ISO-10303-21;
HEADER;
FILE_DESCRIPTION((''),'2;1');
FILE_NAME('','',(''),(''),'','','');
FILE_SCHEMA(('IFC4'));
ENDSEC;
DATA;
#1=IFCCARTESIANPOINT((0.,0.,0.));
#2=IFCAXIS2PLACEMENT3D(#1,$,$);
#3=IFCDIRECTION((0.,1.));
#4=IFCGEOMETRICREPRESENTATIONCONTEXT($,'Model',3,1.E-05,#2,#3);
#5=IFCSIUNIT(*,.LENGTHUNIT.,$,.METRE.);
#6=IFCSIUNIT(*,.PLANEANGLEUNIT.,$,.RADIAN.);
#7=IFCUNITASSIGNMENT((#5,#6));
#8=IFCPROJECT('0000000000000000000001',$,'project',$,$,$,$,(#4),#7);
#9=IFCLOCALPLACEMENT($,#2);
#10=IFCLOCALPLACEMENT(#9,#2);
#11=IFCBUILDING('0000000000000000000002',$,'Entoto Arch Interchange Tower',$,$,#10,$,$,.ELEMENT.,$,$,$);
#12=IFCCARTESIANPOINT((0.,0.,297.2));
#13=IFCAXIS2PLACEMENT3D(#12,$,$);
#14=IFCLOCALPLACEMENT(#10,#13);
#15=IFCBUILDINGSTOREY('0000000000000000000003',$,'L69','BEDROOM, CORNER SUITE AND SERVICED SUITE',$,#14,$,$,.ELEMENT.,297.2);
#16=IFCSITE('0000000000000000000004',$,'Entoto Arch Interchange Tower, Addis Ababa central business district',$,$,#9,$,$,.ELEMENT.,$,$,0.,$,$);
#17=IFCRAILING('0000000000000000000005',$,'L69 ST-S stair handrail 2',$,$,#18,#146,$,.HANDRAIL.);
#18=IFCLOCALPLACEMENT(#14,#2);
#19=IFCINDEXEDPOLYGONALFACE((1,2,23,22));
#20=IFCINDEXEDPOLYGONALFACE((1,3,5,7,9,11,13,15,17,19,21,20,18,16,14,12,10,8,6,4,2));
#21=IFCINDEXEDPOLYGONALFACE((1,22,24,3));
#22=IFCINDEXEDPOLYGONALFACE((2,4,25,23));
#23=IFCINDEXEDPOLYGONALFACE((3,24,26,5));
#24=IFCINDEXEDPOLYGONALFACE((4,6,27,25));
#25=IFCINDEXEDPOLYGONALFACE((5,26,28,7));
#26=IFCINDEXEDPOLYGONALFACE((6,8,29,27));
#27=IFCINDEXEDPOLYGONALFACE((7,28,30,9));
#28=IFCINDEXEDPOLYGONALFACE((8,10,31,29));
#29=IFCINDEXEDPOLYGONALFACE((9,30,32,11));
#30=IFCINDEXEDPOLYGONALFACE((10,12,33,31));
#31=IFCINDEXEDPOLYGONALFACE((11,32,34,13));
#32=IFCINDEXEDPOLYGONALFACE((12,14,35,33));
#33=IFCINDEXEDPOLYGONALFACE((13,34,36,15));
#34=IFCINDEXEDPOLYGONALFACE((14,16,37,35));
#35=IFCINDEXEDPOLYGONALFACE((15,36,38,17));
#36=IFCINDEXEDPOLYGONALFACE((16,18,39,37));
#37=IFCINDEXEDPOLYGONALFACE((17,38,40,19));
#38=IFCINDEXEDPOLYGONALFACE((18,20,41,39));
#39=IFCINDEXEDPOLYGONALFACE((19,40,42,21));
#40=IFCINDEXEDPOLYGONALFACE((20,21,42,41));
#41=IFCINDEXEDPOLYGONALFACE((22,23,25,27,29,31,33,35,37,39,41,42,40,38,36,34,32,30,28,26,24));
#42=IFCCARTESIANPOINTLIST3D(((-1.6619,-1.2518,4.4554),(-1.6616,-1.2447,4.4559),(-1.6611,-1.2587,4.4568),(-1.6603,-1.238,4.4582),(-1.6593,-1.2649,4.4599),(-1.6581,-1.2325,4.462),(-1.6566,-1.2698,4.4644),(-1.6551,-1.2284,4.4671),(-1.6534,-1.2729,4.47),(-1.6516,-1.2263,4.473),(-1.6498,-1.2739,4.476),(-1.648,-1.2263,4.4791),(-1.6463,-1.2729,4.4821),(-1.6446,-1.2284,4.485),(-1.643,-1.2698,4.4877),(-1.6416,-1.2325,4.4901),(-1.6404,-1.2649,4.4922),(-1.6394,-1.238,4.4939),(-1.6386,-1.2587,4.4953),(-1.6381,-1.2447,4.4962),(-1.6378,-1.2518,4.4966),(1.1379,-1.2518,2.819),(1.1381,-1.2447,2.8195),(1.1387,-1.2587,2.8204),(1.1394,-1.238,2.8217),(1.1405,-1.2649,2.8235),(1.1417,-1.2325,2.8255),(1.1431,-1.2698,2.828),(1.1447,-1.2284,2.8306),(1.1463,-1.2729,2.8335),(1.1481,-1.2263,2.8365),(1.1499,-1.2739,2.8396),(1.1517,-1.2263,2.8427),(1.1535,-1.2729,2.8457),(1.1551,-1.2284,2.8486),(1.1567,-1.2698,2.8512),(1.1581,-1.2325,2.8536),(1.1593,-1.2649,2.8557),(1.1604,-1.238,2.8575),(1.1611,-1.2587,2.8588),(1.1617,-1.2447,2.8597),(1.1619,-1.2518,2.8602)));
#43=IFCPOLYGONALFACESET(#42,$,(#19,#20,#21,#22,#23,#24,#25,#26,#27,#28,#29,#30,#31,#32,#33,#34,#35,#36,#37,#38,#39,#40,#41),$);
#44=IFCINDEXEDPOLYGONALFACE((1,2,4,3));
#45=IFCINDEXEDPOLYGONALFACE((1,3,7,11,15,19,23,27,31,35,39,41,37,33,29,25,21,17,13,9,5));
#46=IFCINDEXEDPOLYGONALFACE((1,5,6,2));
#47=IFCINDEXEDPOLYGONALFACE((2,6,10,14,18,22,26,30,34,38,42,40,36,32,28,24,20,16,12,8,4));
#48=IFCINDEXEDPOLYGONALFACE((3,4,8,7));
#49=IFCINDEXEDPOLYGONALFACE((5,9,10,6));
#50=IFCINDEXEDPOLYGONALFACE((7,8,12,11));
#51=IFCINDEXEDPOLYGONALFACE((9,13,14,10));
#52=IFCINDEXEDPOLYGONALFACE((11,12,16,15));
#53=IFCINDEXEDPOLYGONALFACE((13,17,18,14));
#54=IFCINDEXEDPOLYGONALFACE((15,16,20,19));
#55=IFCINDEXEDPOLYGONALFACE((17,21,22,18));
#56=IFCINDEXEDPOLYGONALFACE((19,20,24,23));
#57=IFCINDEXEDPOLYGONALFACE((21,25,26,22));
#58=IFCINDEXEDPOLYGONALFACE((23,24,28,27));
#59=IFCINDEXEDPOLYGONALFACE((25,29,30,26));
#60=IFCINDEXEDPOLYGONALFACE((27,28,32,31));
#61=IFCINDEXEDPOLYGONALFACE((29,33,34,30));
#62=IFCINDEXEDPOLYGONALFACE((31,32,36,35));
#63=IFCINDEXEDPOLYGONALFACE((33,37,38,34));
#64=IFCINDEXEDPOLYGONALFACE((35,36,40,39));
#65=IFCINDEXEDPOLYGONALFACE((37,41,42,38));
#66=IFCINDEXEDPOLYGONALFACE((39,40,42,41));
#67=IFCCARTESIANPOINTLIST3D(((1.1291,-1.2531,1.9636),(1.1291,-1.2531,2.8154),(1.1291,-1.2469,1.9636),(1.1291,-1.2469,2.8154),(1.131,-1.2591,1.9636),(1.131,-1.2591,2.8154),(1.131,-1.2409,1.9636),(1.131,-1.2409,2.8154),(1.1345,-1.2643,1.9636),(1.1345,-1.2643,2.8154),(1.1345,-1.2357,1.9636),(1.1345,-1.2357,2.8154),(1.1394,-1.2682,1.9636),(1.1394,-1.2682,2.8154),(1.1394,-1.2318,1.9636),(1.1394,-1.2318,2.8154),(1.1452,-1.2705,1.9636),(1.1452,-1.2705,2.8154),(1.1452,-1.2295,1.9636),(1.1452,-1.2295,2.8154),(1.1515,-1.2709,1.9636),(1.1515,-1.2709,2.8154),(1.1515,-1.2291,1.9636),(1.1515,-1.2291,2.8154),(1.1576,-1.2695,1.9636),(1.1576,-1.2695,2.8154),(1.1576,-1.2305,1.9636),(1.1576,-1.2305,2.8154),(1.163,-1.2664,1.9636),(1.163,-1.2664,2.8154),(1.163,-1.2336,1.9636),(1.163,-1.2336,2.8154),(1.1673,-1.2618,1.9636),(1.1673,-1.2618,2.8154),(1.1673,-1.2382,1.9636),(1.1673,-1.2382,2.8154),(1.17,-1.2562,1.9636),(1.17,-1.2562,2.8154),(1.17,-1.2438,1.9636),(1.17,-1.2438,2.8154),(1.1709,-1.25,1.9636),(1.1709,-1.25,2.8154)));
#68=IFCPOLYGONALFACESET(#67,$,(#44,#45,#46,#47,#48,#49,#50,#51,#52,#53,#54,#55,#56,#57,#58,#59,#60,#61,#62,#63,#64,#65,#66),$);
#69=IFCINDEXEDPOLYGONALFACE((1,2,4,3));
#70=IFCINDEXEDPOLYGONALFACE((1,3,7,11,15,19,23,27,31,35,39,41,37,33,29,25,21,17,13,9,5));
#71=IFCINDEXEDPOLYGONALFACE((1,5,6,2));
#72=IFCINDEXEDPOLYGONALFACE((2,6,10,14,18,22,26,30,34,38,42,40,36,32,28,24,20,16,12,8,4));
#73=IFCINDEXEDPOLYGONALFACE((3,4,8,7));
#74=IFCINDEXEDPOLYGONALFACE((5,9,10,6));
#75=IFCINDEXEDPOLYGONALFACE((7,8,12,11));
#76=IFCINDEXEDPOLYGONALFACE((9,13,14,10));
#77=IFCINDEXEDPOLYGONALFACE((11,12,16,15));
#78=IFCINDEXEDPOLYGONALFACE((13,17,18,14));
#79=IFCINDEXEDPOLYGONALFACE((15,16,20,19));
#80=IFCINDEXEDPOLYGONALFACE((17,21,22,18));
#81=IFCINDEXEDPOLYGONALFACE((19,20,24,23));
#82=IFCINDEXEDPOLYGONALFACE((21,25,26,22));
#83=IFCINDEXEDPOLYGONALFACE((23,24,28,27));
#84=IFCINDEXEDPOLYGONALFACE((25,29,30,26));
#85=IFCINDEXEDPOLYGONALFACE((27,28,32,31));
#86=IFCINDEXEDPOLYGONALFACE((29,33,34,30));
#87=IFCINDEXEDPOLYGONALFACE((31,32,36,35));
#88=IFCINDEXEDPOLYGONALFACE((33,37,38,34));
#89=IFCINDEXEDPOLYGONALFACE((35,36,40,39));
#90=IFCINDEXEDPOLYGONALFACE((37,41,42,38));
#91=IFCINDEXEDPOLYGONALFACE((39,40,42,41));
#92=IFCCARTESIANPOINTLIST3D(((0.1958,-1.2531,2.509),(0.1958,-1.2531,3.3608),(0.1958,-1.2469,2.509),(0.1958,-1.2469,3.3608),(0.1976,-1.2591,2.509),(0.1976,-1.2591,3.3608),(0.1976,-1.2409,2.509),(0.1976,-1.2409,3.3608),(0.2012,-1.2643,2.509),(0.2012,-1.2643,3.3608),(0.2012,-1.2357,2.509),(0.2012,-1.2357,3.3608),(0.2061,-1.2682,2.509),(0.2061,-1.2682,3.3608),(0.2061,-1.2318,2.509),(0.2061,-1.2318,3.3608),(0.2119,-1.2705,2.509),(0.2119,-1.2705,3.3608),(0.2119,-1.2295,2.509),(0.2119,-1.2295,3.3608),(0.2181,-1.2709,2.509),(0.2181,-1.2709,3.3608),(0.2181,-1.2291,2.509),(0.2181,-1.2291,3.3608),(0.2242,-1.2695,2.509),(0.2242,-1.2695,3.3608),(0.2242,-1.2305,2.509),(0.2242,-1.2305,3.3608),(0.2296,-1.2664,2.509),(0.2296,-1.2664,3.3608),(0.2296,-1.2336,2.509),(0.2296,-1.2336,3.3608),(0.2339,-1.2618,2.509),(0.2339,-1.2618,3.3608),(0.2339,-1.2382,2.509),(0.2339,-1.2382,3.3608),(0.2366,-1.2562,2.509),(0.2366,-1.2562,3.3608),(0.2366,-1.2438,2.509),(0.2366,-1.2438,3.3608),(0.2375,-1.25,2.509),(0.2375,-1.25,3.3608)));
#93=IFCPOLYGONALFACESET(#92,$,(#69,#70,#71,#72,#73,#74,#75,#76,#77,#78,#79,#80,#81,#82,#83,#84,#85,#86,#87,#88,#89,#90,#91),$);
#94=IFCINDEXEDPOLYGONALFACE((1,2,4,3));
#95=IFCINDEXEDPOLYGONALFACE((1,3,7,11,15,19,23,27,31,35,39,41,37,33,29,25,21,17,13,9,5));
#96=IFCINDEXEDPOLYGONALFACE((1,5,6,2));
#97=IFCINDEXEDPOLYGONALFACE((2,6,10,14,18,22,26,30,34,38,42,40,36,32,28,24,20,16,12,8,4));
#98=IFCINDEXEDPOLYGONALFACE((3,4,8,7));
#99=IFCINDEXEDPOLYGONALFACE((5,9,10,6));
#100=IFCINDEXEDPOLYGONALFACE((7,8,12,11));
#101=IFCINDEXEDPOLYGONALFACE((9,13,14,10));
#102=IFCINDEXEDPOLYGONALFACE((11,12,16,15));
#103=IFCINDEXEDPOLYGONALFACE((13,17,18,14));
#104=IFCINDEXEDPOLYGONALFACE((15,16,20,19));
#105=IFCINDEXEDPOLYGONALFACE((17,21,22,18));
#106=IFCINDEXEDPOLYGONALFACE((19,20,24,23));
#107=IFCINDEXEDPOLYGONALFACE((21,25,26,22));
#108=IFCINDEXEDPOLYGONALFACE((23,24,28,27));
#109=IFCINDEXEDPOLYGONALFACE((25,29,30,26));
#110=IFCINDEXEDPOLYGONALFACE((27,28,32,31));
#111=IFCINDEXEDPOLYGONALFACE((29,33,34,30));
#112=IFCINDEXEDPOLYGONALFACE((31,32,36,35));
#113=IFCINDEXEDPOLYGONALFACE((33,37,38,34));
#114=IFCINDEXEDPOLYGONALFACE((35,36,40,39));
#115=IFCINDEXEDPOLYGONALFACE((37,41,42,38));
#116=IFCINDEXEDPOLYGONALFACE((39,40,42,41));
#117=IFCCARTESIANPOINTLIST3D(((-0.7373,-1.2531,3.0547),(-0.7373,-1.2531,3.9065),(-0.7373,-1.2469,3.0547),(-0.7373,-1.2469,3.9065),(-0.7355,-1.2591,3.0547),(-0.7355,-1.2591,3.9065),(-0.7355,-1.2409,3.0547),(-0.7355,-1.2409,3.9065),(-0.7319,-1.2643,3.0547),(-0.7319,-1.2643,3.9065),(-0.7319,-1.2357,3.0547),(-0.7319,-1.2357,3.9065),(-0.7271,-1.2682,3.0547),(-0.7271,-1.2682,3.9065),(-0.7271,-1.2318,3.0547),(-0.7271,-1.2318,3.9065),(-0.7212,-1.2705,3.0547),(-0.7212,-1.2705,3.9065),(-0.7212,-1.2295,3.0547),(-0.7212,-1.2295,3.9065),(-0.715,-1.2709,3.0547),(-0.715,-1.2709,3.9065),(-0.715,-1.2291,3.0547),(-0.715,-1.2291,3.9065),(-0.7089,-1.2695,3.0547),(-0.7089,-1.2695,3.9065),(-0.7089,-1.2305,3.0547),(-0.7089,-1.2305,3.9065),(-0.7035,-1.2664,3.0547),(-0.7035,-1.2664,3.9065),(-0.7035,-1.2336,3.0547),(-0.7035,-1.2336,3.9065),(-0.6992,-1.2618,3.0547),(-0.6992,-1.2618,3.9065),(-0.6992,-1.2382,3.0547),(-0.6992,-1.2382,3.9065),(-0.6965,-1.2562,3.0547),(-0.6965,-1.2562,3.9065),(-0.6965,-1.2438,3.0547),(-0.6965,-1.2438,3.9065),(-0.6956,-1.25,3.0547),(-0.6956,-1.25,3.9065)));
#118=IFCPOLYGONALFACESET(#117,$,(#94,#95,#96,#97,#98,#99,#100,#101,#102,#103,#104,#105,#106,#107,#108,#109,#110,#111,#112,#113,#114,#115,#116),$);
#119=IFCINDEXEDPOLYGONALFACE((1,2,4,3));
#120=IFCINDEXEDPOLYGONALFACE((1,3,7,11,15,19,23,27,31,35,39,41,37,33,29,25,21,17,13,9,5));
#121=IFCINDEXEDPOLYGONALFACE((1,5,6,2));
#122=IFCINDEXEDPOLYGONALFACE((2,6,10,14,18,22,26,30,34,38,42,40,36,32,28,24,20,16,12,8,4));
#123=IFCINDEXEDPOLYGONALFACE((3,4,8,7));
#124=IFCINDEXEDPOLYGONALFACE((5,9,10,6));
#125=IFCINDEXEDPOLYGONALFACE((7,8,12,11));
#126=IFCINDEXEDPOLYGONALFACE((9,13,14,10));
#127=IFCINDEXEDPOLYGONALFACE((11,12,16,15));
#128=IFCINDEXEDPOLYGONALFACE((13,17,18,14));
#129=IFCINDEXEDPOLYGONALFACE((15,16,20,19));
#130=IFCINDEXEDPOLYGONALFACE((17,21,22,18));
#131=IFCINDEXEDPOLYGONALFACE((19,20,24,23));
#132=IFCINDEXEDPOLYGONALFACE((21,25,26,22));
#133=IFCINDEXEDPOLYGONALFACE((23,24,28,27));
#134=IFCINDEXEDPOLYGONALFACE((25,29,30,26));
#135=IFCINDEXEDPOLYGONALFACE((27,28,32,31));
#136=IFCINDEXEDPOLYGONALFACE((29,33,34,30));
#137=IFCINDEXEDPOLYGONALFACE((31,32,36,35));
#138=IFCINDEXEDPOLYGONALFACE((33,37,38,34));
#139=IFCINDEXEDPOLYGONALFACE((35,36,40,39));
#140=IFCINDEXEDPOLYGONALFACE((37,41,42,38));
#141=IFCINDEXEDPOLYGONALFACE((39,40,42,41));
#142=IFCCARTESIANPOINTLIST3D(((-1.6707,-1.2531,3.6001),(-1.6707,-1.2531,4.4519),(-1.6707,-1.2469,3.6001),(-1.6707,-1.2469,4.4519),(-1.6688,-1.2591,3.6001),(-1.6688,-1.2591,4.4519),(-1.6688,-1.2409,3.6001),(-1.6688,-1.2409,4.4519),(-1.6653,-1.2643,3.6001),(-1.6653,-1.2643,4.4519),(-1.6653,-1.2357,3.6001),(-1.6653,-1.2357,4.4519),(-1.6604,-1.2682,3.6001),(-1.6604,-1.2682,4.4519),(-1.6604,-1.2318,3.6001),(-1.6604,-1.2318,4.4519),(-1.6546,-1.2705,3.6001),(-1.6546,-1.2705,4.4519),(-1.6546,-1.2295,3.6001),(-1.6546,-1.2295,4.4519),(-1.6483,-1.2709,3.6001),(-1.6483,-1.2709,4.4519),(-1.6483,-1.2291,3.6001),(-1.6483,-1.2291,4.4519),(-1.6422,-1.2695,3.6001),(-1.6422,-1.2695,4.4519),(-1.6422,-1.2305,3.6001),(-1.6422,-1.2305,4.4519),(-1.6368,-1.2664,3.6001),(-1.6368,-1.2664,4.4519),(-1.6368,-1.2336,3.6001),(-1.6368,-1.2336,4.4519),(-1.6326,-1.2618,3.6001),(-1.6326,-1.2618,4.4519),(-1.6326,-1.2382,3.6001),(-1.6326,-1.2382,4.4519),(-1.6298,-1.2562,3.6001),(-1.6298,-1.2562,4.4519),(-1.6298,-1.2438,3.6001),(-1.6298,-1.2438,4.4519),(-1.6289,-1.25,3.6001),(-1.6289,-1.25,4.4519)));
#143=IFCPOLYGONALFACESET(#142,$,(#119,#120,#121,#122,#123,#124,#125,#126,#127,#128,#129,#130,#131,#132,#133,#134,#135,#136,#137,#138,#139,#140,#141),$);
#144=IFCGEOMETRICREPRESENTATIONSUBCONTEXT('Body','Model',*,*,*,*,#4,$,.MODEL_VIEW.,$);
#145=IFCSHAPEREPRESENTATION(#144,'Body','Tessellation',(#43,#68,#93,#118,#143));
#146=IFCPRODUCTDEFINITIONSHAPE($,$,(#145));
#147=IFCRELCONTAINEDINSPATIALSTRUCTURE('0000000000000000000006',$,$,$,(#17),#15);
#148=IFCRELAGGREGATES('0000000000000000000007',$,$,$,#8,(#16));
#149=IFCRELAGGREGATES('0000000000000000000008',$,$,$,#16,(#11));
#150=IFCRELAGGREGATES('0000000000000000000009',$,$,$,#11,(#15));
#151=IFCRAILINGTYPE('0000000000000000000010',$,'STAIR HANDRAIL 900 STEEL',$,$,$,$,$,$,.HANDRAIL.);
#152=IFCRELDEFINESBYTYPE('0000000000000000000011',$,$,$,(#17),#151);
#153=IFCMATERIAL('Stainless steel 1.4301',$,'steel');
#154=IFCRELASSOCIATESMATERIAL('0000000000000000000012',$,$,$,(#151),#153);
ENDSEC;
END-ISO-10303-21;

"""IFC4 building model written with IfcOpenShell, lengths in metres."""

from ifc_helpers import new_model, si_unit, direction, frame, origin, origin_2d, place, context, subcontext, project, spatial, circle, extrude, material, type_object, element, save


model = new_model("IFC4")

# Units and contexts
model_context = context("Model", 3, precision=1e-05, world=origin(), true_north=direction((0.0, 1.0)))
body_context = subcontext(model_context, "Body", "Model", "MODEL_VIEW")
ifc_project = project(units=[si_unit("LENGTHUNIT", "METRE"), si_unit("PLANEANGLEUNIT", "RADIAN")], contexts=[model_context])

# Site, building, storey
site_placement = place(None, origin())
site = spatial("IfcSite", under=ifc_project, at=site_placement, Name="Entoto Arch Interchange Tower, Addis Ababa central business district", CompositionType="ELEMENT", RefElevation=0.0)
building_placement = place(site_placement, origin())
building = spatial("IfcBuilding", under=site, at=building_placement, Name="Entoto Arch Interchange Tower", CompositionType="ELEMENT")
storey_placement = place(building_placement, frame((0.0, 0.0, 297.2)))
storey = spatial("IfcBuildingStorey", under=building, at=storey_placement, Name="L69", Description="BEDROOM, CORNER SUITE AND SERVICED SUITE", CompositionType="ELEMENT", Elevation=297.2)

# Railing
ifc_material_1 = material(Name="Stainless steel 1.4301", Category="steel")
railing_type_1 = type_object("IfcRailingType", Name="STAIR HANDRAIL 900 STEEL", PredefinedType="HANDRAIL", material=ifc_material_1)
railing_1_placement = place(storey_placement, frame((1.1499, -1.25, 1.9636)))
element("IfcRailing", 1, at=railing_1_placement, inside=storey, type_object=railing_type_1, Name="L69 ST-S stair handrail 2", PredefinedType="HANDRAIL", context=body_context, shape_type="SweptSolid", body=[
    extrude(circle(Radius=0.0239, at=origin_2d()), frame((0.0, 0.0, 0.876), z_axis=(-0.863342, 0.0, 0.50462), x_axis=(0.0, -1.0, 0.0)), (0.0, 0.0, 1.0), 3.2429),
    extrude(circle(Radius=0.021, at=origin_2d()), origin(), (0.0, 0.0, 1.0), 0.8518),
    extrude(circle(Radius=0.021, at=origin_2d()), frame((-0.9333, 0.0, 0.5454)), (0.0, 0.0, 1.0), 0.8518),
    extrude(circle(Radius=0.021, at=origin_2d()), frame((-1.8665, 0.0, 1.0911)), (0.0, 0.0, 1.0), 0.8518),
    extrude(circle(Radius=0.021, at=origin_2d()), frame((-2.7998, 0.0, 1.6365)), (0.0, 0.0, 1.0), 0.8518),
])

save(model, "model.ifc")
